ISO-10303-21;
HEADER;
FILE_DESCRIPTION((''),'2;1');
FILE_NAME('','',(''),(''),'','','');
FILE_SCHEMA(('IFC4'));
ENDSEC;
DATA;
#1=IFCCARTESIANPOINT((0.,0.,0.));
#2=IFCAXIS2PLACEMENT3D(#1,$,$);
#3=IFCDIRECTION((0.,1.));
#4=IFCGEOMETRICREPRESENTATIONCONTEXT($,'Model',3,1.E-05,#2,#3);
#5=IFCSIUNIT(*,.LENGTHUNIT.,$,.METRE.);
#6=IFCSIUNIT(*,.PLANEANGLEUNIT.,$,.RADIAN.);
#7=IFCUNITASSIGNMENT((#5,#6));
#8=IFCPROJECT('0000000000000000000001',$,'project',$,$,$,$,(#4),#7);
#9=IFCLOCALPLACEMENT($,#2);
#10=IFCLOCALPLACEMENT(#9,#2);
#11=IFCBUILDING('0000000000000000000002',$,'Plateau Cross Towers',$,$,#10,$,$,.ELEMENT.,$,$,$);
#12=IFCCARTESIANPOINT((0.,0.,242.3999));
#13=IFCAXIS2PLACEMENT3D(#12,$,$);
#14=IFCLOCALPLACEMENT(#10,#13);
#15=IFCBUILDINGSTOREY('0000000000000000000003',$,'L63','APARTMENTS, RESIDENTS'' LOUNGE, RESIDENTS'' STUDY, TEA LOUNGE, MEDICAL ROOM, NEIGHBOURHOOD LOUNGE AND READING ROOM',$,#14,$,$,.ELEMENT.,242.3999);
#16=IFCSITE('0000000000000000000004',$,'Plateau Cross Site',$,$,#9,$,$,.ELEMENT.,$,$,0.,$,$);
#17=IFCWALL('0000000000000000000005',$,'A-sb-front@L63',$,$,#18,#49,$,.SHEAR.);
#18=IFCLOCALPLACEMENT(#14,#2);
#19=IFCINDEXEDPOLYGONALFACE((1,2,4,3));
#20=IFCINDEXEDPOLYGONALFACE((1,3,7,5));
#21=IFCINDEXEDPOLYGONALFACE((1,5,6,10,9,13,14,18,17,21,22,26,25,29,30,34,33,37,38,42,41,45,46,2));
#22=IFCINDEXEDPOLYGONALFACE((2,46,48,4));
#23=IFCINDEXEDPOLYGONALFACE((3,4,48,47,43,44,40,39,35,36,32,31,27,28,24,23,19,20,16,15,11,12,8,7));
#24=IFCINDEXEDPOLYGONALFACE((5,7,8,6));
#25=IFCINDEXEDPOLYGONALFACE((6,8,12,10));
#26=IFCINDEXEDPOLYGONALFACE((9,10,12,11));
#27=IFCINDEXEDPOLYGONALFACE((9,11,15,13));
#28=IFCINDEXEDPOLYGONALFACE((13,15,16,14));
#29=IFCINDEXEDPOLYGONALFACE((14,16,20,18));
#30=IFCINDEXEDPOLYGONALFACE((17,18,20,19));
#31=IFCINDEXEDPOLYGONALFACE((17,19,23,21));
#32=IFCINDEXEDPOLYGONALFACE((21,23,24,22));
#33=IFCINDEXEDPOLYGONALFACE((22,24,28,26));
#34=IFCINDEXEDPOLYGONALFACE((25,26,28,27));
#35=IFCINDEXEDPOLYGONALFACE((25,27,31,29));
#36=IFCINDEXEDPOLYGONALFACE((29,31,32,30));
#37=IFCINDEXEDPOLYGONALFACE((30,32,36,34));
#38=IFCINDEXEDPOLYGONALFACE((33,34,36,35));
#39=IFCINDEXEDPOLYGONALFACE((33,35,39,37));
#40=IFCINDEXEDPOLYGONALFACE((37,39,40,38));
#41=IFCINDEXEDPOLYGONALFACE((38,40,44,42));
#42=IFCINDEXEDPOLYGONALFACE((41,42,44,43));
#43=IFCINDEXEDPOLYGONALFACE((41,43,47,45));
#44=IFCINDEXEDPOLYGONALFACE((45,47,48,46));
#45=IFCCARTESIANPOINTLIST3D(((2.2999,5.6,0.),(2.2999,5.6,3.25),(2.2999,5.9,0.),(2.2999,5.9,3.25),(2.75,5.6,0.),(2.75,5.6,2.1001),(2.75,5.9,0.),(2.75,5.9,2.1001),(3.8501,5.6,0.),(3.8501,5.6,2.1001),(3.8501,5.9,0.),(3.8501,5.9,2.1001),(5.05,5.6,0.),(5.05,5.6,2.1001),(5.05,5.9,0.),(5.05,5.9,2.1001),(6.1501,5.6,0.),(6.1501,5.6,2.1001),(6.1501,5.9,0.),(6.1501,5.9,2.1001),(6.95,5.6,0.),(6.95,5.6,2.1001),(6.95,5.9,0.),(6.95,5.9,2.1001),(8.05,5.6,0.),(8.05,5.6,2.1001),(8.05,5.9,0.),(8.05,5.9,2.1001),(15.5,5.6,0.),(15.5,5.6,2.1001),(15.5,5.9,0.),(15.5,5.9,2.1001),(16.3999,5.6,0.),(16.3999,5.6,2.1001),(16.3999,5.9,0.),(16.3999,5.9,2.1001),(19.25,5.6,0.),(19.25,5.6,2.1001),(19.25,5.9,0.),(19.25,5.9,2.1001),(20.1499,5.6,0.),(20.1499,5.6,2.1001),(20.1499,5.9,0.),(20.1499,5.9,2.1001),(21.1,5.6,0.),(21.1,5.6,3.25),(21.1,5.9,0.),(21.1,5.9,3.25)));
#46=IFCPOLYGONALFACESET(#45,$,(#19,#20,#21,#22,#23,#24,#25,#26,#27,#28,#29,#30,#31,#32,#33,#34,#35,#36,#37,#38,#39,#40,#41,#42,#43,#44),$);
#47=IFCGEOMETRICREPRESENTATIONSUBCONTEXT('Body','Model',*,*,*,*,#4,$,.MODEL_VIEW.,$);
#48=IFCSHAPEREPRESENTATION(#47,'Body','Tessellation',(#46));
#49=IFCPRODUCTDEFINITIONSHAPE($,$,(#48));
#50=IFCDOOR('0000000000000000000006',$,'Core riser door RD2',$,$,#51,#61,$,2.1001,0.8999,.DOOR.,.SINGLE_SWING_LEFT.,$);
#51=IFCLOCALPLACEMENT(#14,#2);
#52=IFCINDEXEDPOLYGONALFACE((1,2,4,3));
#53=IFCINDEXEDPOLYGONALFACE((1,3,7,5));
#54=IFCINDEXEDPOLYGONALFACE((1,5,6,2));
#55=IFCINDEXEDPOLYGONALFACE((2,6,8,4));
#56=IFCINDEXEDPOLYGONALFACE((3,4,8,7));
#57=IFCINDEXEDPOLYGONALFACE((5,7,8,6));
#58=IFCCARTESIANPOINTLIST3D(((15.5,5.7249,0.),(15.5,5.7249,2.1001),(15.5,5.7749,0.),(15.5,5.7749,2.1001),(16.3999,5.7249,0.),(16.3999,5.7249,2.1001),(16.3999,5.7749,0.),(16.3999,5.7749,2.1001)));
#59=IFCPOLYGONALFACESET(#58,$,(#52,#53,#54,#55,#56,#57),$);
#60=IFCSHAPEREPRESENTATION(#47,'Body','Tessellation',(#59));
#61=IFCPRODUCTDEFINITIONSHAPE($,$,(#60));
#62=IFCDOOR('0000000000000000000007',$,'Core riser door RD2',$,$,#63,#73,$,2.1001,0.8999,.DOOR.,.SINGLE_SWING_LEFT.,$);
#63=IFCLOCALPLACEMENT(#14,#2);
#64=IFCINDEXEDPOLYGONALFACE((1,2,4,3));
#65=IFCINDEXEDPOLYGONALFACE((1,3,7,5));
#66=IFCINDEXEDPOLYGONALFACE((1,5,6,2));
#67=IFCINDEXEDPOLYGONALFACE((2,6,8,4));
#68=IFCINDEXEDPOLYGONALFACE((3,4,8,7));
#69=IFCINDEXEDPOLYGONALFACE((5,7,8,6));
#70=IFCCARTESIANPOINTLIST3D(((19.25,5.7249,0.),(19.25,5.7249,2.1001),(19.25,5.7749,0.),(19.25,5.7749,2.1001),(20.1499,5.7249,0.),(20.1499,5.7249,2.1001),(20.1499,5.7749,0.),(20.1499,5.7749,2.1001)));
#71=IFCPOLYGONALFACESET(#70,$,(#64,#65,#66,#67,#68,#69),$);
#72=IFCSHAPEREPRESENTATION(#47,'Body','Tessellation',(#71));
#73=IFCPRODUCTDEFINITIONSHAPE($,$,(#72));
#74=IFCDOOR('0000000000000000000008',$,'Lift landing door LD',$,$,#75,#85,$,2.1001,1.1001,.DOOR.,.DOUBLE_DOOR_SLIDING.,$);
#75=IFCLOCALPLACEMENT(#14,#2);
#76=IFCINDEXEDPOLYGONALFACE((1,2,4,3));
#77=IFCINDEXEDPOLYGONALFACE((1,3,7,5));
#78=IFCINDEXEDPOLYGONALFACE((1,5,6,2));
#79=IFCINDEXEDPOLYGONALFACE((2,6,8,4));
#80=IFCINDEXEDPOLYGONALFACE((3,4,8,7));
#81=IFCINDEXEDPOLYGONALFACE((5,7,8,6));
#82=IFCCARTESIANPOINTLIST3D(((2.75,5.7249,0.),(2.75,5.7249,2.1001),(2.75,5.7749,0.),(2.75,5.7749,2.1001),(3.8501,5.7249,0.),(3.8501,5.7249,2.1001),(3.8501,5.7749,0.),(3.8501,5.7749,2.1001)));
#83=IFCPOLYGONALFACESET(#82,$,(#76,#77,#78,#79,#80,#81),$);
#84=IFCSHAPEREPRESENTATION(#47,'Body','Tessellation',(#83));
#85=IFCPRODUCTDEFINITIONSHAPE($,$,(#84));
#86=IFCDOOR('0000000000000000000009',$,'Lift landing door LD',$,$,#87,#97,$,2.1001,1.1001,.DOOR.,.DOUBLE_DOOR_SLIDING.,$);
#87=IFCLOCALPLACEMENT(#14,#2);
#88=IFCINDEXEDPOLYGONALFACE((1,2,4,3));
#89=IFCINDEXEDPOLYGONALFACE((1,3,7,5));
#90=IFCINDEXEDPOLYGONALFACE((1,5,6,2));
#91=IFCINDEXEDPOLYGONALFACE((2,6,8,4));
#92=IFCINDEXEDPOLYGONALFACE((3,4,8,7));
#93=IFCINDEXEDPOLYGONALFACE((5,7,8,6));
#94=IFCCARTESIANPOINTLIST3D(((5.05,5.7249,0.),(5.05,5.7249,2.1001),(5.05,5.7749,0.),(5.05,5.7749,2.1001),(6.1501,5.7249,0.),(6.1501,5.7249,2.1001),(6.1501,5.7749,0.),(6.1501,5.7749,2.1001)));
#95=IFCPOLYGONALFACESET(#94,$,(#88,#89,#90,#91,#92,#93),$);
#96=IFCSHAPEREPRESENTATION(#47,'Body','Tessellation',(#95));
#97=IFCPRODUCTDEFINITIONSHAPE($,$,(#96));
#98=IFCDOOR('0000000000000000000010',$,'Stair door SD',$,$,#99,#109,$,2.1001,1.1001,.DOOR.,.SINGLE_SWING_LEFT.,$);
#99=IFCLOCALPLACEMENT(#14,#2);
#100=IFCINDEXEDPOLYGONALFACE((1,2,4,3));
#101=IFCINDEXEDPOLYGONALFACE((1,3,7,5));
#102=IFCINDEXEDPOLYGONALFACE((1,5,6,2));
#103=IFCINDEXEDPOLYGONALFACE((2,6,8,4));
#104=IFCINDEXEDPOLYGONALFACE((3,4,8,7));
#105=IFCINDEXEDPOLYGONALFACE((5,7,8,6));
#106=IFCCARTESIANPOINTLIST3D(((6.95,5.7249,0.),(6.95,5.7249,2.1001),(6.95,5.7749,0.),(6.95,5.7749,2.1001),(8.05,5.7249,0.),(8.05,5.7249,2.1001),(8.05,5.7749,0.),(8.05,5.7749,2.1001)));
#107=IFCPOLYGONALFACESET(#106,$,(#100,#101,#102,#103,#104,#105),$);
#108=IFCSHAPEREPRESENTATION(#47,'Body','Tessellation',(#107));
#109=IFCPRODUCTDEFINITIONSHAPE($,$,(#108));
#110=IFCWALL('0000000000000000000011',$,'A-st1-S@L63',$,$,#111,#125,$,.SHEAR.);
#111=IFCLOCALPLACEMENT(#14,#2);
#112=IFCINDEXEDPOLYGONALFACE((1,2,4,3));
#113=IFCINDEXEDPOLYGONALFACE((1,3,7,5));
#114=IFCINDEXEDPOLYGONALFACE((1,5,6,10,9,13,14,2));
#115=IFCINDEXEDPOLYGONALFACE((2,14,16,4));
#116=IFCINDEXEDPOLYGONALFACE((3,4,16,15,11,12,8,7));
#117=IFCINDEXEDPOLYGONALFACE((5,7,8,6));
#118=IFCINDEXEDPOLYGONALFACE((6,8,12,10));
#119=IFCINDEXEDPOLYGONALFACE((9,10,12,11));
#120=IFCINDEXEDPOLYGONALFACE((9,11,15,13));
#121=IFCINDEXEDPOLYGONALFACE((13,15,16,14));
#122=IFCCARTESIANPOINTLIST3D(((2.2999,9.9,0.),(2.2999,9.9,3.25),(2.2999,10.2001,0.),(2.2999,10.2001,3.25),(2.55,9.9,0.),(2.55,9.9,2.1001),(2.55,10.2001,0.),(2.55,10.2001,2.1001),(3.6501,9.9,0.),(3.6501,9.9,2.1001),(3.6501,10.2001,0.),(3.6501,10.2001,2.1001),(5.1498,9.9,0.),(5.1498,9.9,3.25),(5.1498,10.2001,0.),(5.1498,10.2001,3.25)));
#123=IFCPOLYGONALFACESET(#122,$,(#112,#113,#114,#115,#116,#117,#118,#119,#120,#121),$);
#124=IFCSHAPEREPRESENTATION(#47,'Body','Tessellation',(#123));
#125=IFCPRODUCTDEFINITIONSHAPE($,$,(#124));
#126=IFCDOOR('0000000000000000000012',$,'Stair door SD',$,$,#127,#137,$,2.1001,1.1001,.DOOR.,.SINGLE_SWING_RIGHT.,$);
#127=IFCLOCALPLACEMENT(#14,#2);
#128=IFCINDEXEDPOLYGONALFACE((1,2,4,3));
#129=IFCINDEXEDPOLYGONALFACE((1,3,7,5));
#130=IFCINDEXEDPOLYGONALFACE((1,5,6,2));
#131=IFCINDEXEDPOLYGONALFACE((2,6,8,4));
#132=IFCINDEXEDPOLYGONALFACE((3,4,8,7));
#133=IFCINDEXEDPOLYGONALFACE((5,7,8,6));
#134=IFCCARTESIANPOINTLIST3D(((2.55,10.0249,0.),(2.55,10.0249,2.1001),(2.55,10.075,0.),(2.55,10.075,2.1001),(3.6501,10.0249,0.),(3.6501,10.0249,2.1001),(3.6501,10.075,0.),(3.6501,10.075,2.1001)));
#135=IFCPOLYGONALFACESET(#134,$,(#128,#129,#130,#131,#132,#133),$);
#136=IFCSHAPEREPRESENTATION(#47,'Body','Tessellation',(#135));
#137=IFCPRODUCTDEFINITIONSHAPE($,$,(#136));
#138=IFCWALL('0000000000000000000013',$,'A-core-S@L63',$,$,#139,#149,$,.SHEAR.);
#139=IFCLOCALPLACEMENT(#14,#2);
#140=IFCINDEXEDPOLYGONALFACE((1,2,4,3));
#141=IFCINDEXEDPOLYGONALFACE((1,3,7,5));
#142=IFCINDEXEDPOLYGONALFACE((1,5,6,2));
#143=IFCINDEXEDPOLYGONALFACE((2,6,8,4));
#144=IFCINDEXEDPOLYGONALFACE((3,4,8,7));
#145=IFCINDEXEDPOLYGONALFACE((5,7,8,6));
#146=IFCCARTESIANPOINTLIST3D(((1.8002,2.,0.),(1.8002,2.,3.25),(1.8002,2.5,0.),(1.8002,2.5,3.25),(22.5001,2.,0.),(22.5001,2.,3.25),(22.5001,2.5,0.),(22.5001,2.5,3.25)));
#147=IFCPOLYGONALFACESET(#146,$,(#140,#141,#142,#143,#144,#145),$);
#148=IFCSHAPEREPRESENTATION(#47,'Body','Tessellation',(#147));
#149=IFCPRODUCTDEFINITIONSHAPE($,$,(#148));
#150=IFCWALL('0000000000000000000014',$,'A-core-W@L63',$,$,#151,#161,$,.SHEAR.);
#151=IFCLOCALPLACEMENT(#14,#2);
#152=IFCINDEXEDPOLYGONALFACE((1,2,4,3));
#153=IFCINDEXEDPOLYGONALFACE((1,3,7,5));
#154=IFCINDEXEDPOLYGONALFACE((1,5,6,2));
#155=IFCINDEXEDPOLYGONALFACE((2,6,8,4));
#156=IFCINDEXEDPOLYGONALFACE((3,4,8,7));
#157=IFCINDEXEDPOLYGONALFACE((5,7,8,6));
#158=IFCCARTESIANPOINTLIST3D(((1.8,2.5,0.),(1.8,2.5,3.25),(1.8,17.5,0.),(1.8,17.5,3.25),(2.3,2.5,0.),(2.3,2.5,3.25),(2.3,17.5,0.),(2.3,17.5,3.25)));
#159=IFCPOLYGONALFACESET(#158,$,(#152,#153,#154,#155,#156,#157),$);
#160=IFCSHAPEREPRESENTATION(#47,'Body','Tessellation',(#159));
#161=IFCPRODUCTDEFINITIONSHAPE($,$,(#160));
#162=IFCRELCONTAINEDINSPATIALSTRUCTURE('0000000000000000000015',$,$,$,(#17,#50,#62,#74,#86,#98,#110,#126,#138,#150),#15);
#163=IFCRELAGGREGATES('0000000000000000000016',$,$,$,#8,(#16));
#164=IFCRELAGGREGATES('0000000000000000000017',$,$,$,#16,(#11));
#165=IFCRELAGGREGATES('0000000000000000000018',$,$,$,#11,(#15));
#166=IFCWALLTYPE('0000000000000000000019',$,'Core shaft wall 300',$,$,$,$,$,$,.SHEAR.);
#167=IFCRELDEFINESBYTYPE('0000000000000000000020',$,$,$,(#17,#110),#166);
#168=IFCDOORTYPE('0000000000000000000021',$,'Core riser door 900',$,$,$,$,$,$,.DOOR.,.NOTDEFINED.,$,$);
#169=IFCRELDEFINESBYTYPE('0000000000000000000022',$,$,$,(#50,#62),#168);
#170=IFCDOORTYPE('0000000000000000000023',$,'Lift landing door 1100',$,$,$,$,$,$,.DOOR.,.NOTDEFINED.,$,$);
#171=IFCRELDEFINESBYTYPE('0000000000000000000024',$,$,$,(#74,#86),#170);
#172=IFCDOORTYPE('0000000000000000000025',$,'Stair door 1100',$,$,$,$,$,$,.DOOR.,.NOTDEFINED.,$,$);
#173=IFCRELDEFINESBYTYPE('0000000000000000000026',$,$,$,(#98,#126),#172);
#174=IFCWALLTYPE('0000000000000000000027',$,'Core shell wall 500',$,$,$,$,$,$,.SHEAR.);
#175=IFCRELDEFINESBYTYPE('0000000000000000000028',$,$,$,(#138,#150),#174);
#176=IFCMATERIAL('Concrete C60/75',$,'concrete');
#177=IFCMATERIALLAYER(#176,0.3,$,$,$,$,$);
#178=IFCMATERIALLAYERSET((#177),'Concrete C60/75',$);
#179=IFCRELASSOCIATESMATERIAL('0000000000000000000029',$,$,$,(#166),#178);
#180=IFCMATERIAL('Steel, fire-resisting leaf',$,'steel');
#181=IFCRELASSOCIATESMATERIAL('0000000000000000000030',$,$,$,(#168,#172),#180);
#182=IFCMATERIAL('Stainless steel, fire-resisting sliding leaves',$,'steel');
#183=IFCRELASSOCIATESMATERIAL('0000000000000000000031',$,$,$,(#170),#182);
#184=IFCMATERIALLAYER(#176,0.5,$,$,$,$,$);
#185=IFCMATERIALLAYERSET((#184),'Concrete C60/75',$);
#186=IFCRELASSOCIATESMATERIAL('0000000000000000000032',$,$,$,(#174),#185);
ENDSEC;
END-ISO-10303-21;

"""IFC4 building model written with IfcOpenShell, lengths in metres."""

from ifc_helpers import new_model, si_unit, direction, frame, frame_2d, origin, place, context, subcontext, project, spatial, rectangle, extrude, material, layer, layer_set, type_object, element, fill, save


model = new_model("IFC4")

# Units and contexts
model_context = context("Model", 3, precision=1e-05, world=origin(), true_north=direction((0.0, 1.0)))
body_context = subcontext(model_context, "Body", "Model", "MODEL_VIEW")
ifc_project = project(units=[si_unit("LENGTHUNIT", "METRE"), si_unit("PLANEANGLEUNIT", "RADIAN")], contexts=[model_context])

# Site, building, storey
site_placement = place(None, origin())
site = spatial("IfcSite", under=ifc_project, at=site_placement, Name="Plateau Cross Site", CompositionType="ELEMENT", RefElevation=0.0)
building_placement = place(site_placement, origin())
building = spatial("IfcBuilding", under=site, at=building_placement, Name="Plateau Cross Towers", CompositionType="ELEMENT")
storey_placement = place(building_placement, frame((0.0, 0.0, 242.3999)))
storey = spatial("IfcBuildingStorey", under=building, at=storey_placement, Name="L63", Description="APARTMENTS, RESIDENTS' LOUNGE, RESIDENTS' STUDY, TEA LOUNGE, MEDICAL ROOM, NEIGHBOURHOOD LOUNGE AND READING ROOM", CompositionType="ELEMENT", Elevation=242.3999)

# Shared definitions
ifc_material_1 = material(Name="Concrete C60/75", Category="concrete")
ifc_layer_1 = layer(ifc_material_1, 0.3)
ifc_layer_set_1 = layer_set([ifc_layer_1], Name="Concrete C60/75")
wall_type_1 = type_object("IfcWallType", Name="Core shaft wall 300", PredefinedType="SHEAR", material=ifc_layer_set_1)

# Wall, openings, doors
wall_1_placement = place(storey_placement, frame((2.3, 5.75, 0.0), z_axis=(0.0, 0.0, 1.0), x_axis=(1.0, 0.0, 0.0)))
wall_1 = element("IfcWall", 1, at=wall_1_placement, inside=storey, type_object=wall_type_1, Name="A-sb-front@L63", PredefinedType="SHEAR", context=body_context, shape_type="SweptSolid", body=[
    extrude(rectangle(XDim=18.8, YDim=0.3, at=frame_2d((9.3999, 0.0))), origin(), (0.0, 0.0, 1.0), 3.25),
])
opening_1_placement = place(wall_1_placement, frame((4.6499, 0.0, 0.0)))
opening_1 = element("IfcOpeningElement", 2, at=opening_1_placement, cuts=wall_1, PredefinedType="OPENING", context=body_context, shape_type="SweptSolid", body=[
    extrude(rectangle(XDim=1.1001, YDim=2.1001, at=frame_2d((0.55, 1.05))), frame((0.0, 0.1599, 0.0), z_axis=(0.0, -1.0, 0.0), x_axis=(1.0, 0.0, 0.0)), (0.0, 0.0, 1.0), 0.3201),
])
opening_2_placement = place(wall_1_placement, frame((0.45, 0.0, 0.0)))
opening_2 = element("IfcOpeningElement", 3, at=opening_2_placement, cuts=wall_1, PredefinedType="OPENING", context=body_context, shape_type="SweptSolid", body=[
    extrude(rectangle(XDim=1.1001, YDim=2.1001, at=frame_2d((0.55, 1.05))), frame((0.0, 0.1599, 0.0), z_axis=(0.0, -1.0, 0.0), x_axis=(1.0, 0.0, 0.0)), (0.0, 0.0, 1.0), 0.3201),
])
opening_3_placement = place(wall_1_placement, frame((2.75, 0.0, 0.0)))
opening_3 = element("IfcOpeningElement", 4, at=opening_3_placement, cuts=wall_1, PredefinedType="OPENING", context=body_context, shape_type="SweptSolid", body=[
    extrude(rectangle(XDim=1.1001, YDim=2.1001, at=frame_2d((0.55, 1.05))), frame((0.0, 0.1599, 0.0), z_axis=(0.0, -1.0, 0.0), x_axis=(1.0, 0.0, 0.0)), (0.0, 0.0, 1.0), 0.3201),
])
opening_4_placement = place(wall_1_placement, frame((13.2, 0.0, 0.0)))
opening_4 = element("IfcOpeningElement", 5, at=opening_4_placement, cuts=wall_1, PredefinedType="OPENING", context=body_context, shape_type="SweptSolid", body=[
    extrude(rectangle(XDim=0.8999, YDim=2.1001, at=frame_2d((0.45, 1.05))), frame((0.0, 0.1599, 0.0), z_axis=(0.0, -1.0, 0.0), x_axis=(1.0, 0.0, 0.0)), (0.0, 0.0, 1.0), 0.3201),
])
opening_5_placement = place(wall_1_placement, frame((16.95, 0.0, 0.0)))
opening_5 = element("IfcOpeningElement", 6, at=opening_5_placement, cuts=wall_1, PredefinedType="OPENING", context=body_context, shape_type="SweptSolid", body=[
    extrude(rectangle(XDim=0.8999, YDim=2.1001, at=frame_2d((0.45, 1.05))), frame((0.0, 0.1599, 0.0), z_axis=(0.0, -1.0, 0.0), x_axis=(1.0, 0.0, 0.0)), (0.0, 0.0, 1.0), 0.3201),
])
ifc_material_2 = material(Name="Steel, fire-resisting leaf", Category="steel")
door_type_1 = type_object("IfcDoorType", Name="Core riser door 900", OperationType="NOTDEFINED", PredefinedType="DOOR", material=ifc_material_2)
door_1_placement = place(opening_4_placement, origin())
door_1 = element("IfcDoor", 7, at=door_1_placement, inside=storey, type_object=door_type_1, Name="Core riser door RD2", OperationType="SINGLE_SWING_LEFT", OverallHeight=2.1001, OverallWidth=0.8999, PredefinedType="DOOR", context=body_context, shape_type="SweptSolid", body=[
    extrude(rectangle(XDim=0.8999, YDim=2.1001, at=frame_2d((0.45, 1.05))), frame((0.0, 0.0249, 0.0), z_axis=(0.0, -1.0, 0.0), x_axis=(1.0, 0.0, 0.0)), (0.0, 0.0, 1.0), 0.05),
])
fill(opening_4, door_1)
door_2_placement = place(opening_5_placement, origin())
door_2 = element("IfcDoor", 8, at=door_2_placement, inside=storey, type_object=door_type_1, Name="Core riser door RD2", OperationType="SINGLE_SWING_LEFT", OverallHeight=2.1001, OverallWidth=0.8999, PredefinedType="DOOR", context=body_context, shape_type="SweptSolid", body=[
    extrude(rectangle(XDim=0.8999, YDim=2.1001, at=frame_2d((0.45, 1.05))), frame((0.0, 0.0249, 0.0), z_axis=(0.0, -1.0, 0.0), x_axis=(1.0, 0.0, 0.0)), (0.0, 0.0, 1.0), 0.05),
])
fill(opening_5, door_2)
ifc_material_3 = material(Name="Stainless steel, fire-resisting sliding leaves", Category="steel")
door_type_2 = type_object("IfcDoorType", Name="Lift landing door 1100", OperationType="NOTDEFINED", PredefinedType="DOOR", material=ifc_material_3)
door_3_placement = place(opening_2_placement, origin())
door_3 = element("IfcDoor", 9, at=door_3_placement, inside=storey, type_object=door_type_2, Name="Lift landing door LD", OperationType="DOUBLE_DOOR_SLIDING", OverallHeight=2.1001, OverallWidth=1.1001, PredefinedType="DOOR", context=body_context, shape_type="SweptSolid", body=[
    extrude(rectangle(XDim=1.1001, YDim=2.1001, at=frame_2d((0.55, 1.05))), frame((0.0, 0.0249, 0.0), z_axis=(0.0, -1.0, 0.0), x_axis=(1.0, 0.0, 0.0)), (0.0, 0.0, 1.0), 0.05),
])
fill(opening_2, door_3)
door_4_placement = place(opening_3_placement, origin())
door_4 = element("IfcDoor", 10, at=door_4_placement, inside=storey, type_object=door_type_2, Name="Lift landing door LD", OperationType="DOUBLE_DOOR_SLIDING", OverallHeight=2.1001, OverallWidth=1.1001, PredefinedType="DOOR", context=body_context, shape_type="SweptSolid", body=[
    extrude(rectangle(XDim=1.1001, YDim=2.1001, at=frame_2d((0.55, 1.05))), frame((0.0, 0.0249, 0.0), z_axis=(0.0, -1.0, 0.0), x_axis=(1.0, 0.0, 0.0)), (0.0, 0.0, 1.0), 0.05),
])
fill(opening_3, door_4)
door_type_3 = type_object("IfcDoorType", Name="Stair door 1100", OperationType="NOTDEFINED", PredefinedType="DOOR", material=ifc_material_2)
door_5_placement = place(opening_1_placement, origin())
door_5 = element("IfcDoor", 11, at=door_5_placement, inside=storey, type_object=door_type_3, Name="Stair door SD", OperationType="SINGLE_SWING_LEFT", OverallHeight=2.1001, OverallWidth=1.1001, PredefinedType="DOOR", context=body_context, shape_type="SweptSolid", body=[
    extrude(rectangle(XDim=1.1001, YDim=2.1001, at=frame_2d((0.55, 1.05))), frame((0.0, 0.0249, 0.0), z_axis=(0.0, -1.0, 0.0), x_axis=(1.0, 0.0, 0.0)), (0.0, 0.0, 1.0), 0.05),
])
fill(opening_1, door_5)

# Wall, opening, door
wall_2_placement = place(storey_placement, frame((2.3, 10.05, 0.0), z_axis=(0.0, 0.0, 1.0), x_axis=(1.0, 0.0, 0.0)))
wall_2 = element("IfcWall", 12, at=wall_2_placement, inside=storey, type_object=wall_type_1, Name="A-st1-S@L63", PredefinedType="SHEAR", context=body_context, shape_type="SweptSolid", body=[
    extrude(rectangle(XDim=2.8499, YDim=0.3, at=frame_2d((1.4248, 0.0))), origin(), (0.0, 0.0, 1.0), 3.25),
])
opening_6_placement = place(wall_2_placement, frame((0.25, 0.0, 0.0)))
opening_6 = element("IfcOpeningElement", 13, at=opening_6_placement, cuts=wall_2, PredefinedType="OPENING", context=body_context, shape_type="SweptSolid", body=[
    extrude(rectangle(XDim=1.1001, YDim=2.1001, at=frame_2d((0.55, 1.05))), frame((0.0, 0.1599, 0.0), z_axis=(0.0, -1.0, 0.0), x_axis=(1.0, 0.0, 0.0)), (0.0, 0.0, 1.0), 0.3201),
])
door_6_placement = place(opening_6_placement, origin())
door_6 = element("IfcDoor", 14, at=door_6_placement, inside=storey, type_object=door_type_3, Name="Stair door SD", OperationType="SINGLE_SWING_RIGHT", OverallHeight=2.1001, OverallWidth=1.1001, PredefinedType="DOOR", context=body_context, shape_type="SweptSolid", body=[
    extrude(rectangle(XDim=1.1001, YDim=2.1001, at=frame_2d((0.55, 1.05))), frame((0.0, 0.0249, 0.0), z_axis=(0.0, -1.0, 0.0), x_axis=(1.0, 0.0, 0.0)), (0.0, 0.0, 1.0), 0.05),
])
fill(opening_6, door_6)

# Walls
ifc_layer_2 = layer(ifc_material_1, 0.5)
ifc_layer_set_2 = layer_set([ifc_layer_2], Name="Concrete C60/75")
wall_type_2 = type_object("IfcWallType", Name="Core shell wall 500", PredefinedType="SHEAR", material=ifc_layer_set_2)
wall_3_placement = place(storey_placement, frame((1.8, 2.25, 0.0), z_axis=(0.0, 0.0, 1.0), x_axis=(1.0, 0.0, 0.0)))
element("IfcWall", 15, at=wall_3_placement, inside=storey, type_object=wall_type_2, Name="A-core-S@L63", PredefinedType="SHEAR", context=body_context, shape_type="SweptSolid", body=[
    extrude(rectangle(XDim=20.7, YDim=0.5, at=frame_2d((10.3501, 0.0))), origin(), (0.0, 0.0, 1.0), 3.25),
])
wall_4_placement = place(storey_placement, frame((2.05, 2.5, 0.0), z_axis=(0.0, 0.0, 1.0), x_axis=(0.0, 1.0, 0.0)))
element("IfcWall", 16, at=wall_4_placement, inside=storey, type_object=wall_type_2, Name="A-core-W@L63", PredefinedType="SHEAR", context=body_context, shape_type="SweptSolid", body=[
    extrude(rectangle(XDim=15.0, YDim=0.5, at=frame_2d((7.5, 0.0))), origin(), (0.0, 0.0, 1.0), 3.25),
])

save(model, "model.ifc")
